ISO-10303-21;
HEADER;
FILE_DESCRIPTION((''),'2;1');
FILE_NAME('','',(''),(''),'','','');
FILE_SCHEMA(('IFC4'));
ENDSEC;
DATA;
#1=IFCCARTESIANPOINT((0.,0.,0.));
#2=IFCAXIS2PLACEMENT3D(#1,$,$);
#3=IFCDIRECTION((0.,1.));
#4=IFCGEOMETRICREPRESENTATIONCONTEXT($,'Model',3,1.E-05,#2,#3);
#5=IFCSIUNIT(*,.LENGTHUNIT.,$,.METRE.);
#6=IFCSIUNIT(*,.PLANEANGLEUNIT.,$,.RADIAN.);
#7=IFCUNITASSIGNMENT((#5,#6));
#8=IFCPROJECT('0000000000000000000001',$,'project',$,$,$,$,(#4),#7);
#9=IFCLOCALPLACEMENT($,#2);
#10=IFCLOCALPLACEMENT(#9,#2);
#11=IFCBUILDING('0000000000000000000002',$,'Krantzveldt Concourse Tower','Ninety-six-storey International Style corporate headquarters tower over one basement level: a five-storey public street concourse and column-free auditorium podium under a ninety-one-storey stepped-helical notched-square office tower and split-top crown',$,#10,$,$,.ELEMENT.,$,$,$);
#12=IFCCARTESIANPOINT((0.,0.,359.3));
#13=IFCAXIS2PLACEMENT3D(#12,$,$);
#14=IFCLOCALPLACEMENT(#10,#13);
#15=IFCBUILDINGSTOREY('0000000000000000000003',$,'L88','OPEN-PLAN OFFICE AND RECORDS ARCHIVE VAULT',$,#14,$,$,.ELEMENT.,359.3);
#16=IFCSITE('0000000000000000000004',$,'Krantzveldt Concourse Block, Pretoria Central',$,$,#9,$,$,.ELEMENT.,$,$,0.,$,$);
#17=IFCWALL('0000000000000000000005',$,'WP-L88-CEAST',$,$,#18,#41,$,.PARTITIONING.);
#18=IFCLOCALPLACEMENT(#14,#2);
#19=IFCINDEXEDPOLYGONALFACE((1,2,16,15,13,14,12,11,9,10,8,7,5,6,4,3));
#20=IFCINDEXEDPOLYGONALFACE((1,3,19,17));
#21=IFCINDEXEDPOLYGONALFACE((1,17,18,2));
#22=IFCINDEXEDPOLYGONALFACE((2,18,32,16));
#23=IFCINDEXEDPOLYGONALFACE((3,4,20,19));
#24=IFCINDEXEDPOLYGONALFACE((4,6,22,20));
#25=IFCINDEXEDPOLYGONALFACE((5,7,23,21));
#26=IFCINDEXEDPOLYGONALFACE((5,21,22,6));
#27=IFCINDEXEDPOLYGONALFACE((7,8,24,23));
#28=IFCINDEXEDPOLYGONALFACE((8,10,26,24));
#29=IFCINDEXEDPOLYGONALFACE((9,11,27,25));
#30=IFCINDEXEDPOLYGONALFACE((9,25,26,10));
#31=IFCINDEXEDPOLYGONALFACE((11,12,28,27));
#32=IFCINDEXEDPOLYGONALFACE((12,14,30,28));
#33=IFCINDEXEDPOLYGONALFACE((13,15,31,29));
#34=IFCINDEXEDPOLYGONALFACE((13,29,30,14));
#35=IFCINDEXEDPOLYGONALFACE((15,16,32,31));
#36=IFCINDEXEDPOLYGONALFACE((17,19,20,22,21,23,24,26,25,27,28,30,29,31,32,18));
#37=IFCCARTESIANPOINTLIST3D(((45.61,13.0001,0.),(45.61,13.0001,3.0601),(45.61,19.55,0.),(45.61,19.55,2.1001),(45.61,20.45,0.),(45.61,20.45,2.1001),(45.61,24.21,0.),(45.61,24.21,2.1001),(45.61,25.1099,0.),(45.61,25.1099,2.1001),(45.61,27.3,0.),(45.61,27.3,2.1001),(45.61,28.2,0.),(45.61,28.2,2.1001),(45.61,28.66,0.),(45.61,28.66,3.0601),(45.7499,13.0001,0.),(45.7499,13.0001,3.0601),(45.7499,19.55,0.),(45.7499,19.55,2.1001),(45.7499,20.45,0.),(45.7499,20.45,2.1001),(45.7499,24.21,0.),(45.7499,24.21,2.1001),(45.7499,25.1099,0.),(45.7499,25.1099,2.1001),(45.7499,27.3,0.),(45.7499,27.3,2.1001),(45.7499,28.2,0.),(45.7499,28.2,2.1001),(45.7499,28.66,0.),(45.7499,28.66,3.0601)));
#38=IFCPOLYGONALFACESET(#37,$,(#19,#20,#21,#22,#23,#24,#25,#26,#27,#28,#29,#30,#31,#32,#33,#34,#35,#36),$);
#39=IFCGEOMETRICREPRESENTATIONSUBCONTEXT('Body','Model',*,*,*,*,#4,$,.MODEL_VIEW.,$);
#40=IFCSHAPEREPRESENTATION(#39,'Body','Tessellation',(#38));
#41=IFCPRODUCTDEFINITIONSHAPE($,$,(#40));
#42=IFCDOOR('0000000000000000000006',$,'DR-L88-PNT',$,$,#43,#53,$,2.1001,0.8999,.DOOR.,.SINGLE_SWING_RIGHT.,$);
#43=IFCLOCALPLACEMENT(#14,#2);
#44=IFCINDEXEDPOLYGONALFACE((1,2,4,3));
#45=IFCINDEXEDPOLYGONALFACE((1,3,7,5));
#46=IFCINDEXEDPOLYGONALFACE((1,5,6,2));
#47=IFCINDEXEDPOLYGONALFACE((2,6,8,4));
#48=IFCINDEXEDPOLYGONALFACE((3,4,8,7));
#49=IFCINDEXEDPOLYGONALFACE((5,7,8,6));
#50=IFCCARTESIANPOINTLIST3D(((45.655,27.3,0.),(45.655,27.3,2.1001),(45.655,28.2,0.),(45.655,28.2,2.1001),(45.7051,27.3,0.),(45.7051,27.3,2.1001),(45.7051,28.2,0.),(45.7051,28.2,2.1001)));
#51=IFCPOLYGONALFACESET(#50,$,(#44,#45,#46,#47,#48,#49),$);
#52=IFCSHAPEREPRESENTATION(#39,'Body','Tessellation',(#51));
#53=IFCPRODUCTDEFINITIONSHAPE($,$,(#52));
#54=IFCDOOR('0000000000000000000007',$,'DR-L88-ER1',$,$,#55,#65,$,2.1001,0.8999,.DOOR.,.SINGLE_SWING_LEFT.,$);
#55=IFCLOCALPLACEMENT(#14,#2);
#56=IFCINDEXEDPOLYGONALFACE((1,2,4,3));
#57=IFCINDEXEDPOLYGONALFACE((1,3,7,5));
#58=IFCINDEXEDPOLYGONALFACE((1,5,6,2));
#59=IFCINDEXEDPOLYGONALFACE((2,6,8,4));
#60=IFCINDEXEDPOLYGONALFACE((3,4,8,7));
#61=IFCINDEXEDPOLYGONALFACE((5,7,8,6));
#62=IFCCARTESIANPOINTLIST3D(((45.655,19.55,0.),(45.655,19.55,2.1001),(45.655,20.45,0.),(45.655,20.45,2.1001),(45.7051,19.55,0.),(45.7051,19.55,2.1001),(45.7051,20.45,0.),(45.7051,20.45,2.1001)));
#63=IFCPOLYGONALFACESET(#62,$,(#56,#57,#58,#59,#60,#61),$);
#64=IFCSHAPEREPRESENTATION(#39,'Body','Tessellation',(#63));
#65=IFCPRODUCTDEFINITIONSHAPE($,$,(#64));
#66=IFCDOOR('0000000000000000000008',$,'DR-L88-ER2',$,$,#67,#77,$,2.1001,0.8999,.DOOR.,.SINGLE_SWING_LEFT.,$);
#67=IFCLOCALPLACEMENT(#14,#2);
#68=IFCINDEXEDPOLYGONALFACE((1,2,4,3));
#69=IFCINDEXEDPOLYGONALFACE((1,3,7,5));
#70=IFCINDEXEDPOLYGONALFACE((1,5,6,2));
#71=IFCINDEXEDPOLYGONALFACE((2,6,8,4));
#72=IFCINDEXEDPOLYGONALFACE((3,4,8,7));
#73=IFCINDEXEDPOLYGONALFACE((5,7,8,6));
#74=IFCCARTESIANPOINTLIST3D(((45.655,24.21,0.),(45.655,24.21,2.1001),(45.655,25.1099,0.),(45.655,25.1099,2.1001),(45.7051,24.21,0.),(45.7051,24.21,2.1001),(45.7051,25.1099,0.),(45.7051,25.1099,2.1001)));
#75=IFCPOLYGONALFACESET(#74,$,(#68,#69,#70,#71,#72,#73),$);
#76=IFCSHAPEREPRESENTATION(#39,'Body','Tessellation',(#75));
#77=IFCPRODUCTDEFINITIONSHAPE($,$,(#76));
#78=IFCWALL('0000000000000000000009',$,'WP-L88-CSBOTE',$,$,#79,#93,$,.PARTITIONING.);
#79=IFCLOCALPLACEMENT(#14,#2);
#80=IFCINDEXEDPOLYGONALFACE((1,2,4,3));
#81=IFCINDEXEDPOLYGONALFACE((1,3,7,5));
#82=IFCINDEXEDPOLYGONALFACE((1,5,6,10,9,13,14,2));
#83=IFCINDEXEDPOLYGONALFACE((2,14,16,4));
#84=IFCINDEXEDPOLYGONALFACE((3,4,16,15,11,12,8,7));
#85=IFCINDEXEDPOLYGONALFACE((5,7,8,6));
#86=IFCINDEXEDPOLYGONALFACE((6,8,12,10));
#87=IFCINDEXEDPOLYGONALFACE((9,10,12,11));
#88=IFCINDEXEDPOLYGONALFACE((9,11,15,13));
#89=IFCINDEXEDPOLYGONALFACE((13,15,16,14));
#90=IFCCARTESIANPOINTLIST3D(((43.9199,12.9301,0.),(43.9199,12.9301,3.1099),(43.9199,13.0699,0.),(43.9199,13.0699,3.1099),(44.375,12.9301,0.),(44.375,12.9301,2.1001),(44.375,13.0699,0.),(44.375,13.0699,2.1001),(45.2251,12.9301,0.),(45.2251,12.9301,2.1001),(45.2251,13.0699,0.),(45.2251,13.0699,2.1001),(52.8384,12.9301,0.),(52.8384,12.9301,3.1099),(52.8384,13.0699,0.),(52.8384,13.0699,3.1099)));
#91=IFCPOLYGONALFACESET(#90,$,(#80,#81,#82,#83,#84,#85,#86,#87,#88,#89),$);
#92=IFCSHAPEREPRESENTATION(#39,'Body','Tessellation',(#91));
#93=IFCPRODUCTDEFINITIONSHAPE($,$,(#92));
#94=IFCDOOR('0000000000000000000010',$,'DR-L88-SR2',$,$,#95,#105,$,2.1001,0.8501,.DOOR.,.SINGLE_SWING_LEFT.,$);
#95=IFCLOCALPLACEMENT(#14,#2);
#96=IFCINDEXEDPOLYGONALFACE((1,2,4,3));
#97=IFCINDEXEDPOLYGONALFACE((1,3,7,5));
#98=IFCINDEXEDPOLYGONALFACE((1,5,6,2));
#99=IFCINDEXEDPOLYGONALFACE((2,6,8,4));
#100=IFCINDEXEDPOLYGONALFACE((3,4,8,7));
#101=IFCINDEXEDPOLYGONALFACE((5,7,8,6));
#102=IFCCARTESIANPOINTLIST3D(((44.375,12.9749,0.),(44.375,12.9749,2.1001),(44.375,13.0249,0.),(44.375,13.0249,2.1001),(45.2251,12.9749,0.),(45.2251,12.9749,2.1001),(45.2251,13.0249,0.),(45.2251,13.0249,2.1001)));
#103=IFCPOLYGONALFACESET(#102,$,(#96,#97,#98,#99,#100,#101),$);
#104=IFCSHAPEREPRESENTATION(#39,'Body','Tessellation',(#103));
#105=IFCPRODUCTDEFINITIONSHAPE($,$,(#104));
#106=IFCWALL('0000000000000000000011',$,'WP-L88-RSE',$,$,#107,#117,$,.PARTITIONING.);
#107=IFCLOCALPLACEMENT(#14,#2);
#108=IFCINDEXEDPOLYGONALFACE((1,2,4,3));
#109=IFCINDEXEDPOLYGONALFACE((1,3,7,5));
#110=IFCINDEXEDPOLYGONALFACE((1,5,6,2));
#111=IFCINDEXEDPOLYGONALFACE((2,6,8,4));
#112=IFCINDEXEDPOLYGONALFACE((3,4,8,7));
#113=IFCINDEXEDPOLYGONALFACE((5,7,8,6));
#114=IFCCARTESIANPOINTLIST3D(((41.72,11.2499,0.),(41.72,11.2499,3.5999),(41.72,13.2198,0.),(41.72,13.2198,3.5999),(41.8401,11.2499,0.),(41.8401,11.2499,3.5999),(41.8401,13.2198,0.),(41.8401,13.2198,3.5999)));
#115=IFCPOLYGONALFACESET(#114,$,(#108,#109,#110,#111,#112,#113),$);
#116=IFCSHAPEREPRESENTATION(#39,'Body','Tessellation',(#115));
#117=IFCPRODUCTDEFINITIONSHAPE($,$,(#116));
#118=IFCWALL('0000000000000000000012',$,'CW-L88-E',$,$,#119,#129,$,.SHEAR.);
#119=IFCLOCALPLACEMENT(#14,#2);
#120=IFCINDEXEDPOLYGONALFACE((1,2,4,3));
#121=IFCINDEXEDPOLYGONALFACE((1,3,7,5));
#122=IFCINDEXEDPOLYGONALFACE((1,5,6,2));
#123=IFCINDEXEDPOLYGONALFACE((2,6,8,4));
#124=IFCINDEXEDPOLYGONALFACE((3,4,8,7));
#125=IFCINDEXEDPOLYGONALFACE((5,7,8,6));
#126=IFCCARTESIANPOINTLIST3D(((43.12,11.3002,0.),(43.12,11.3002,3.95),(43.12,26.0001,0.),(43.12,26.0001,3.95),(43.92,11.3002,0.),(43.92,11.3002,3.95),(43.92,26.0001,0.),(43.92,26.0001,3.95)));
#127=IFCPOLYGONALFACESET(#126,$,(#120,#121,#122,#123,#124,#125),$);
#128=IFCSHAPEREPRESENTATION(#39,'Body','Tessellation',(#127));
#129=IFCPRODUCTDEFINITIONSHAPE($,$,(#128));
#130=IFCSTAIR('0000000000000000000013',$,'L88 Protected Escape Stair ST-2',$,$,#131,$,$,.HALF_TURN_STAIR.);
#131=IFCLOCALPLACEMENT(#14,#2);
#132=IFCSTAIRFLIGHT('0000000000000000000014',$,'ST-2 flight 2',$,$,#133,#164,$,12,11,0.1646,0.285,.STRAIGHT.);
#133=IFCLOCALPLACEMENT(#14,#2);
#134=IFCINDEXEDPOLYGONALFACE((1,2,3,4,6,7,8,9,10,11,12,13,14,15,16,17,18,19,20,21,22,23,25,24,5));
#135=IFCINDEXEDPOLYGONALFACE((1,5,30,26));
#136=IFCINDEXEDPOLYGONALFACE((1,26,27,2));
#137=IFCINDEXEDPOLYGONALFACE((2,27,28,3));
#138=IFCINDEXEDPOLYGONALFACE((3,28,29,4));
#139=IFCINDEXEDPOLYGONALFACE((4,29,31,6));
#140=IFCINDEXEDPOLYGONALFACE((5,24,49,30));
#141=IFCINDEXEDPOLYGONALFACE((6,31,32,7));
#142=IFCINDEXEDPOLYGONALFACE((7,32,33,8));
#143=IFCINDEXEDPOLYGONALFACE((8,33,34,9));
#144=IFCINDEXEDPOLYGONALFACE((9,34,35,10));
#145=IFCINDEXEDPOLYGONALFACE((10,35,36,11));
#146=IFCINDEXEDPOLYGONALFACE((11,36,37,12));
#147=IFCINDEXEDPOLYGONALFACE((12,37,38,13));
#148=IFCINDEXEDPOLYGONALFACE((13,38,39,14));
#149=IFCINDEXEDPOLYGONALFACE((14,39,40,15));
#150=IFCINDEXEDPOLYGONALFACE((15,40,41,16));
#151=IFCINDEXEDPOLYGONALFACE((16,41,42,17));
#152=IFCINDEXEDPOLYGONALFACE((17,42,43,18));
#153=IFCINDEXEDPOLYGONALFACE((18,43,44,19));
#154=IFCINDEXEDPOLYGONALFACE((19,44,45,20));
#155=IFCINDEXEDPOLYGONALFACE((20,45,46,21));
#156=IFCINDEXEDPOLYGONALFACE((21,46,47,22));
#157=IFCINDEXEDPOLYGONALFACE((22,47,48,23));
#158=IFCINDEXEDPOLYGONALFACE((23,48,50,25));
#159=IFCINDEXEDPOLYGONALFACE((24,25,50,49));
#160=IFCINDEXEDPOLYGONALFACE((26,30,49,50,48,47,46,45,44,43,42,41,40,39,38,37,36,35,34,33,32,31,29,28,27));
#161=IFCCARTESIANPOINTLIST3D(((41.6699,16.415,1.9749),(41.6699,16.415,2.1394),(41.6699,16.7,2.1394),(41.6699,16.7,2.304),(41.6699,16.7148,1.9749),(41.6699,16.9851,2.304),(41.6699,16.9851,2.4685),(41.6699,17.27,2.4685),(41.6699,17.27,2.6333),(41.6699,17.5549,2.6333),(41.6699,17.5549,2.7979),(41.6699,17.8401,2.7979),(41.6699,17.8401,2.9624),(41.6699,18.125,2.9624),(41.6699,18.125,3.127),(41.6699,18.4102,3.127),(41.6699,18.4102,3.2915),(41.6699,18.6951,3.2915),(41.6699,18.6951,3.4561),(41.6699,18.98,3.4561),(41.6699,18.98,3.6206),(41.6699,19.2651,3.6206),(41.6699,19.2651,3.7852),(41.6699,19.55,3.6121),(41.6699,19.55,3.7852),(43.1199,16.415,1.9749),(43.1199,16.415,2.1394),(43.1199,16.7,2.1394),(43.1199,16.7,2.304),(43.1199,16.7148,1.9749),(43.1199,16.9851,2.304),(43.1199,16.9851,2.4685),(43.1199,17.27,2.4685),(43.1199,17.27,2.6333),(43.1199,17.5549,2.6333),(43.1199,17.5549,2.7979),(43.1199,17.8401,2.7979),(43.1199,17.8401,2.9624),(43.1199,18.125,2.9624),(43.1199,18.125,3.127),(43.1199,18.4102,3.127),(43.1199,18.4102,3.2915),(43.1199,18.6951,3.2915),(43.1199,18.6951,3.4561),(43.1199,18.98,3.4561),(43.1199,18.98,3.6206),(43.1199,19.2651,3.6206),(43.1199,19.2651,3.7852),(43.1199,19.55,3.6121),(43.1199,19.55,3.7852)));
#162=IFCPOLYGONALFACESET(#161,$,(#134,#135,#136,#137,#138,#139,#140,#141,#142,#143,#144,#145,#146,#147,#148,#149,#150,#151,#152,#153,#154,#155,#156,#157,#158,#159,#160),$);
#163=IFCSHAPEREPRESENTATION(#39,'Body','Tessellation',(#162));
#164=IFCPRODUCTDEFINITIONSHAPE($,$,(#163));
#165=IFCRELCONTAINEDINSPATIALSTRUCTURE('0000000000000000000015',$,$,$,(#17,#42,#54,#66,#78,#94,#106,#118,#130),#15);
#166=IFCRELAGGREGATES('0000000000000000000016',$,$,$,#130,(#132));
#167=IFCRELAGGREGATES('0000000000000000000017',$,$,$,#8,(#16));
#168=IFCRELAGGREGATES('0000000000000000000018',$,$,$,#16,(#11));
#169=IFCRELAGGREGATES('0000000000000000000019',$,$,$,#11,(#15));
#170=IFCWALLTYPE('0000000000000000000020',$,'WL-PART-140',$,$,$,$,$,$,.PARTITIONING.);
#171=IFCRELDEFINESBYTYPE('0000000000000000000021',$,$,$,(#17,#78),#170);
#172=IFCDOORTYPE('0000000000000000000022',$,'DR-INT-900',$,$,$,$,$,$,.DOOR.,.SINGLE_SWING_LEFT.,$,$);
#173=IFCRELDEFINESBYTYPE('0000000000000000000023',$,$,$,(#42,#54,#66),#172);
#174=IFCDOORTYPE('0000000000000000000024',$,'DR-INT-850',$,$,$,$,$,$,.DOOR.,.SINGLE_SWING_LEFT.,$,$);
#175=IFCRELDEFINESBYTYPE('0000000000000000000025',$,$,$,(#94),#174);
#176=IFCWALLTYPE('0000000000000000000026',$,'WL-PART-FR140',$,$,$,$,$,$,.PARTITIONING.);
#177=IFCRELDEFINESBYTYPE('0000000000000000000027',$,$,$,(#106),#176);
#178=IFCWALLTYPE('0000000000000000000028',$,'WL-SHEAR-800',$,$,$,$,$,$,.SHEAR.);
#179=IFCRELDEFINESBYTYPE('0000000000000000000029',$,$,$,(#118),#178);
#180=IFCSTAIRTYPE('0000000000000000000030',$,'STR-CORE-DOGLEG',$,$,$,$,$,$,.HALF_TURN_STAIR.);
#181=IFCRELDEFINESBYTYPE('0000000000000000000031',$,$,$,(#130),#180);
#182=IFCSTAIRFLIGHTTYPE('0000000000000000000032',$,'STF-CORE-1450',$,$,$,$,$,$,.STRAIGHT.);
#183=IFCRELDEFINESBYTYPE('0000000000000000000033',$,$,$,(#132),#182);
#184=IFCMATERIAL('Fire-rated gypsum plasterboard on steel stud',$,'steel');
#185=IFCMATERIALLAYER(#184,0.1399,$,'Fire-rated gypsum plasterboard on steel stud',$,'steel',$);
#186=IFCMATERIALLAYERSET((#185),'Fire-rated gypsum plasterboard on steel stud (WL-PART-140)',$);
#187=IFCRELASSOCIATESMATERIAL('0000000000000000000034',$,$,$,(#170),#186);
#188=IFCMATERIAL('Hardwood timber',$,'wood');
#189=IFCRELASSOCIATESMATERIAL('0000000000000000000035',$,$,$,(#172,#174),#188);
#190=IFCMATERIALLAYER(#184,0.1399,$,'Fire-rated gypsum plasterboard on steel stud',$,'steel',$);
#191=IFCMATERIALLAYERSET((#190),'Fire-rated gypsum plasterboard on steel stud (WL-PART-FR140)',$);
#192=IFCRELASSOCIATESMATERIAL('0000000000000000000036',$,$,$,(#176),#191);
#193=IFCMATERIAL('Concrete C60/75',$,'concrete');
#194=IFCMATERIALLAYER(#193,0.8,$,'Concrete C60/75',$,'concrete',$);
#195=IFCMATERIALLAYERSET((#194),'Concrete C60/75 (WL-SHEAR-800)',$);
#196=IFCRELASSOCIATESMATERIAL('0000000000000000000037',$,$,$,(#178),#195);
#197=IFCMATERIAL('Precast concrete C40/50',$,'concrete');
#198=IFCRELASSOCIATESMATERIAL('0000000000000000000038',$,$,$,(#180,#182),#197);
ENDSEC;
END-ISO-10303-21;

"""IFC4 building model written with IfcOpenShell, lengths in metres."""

from ifc_helpers import new_model, si_unit, direction, frame, frame_2d, origin, place, context, subcontext, project, spatial, polyline, rectangle, outline, extrude, material, layer, layer_set, type_object, element, fill, aggregate, save


model = new_model("IFC4")

# Units and contexts
model_context = context("Model", 3, precision=1e-05, world=origin(), true_north=direction((0.0, 1.0)))
body_context = subcontext(model_context, "Body", "Model", "MODEL_VIEW")
ifc_project = project(units=[si_unit("LENGTHUNIT", "METRE"), si_unit("PLANEANGLEUNIT", "RADIAN")], contexts=[model_context])

# Site, building, storey
site_placement = place(None, origin())
site = spatial("IfcSite", under=ifc_project, at=site_placement, Name="Krantzveldt Concourse Block, Pretoria Central", CompositionType="ELEMENT", RefElevation=0.0)
building_placement = place(site_placement, origin())
building = spatial("IfcBuilding", under=site, at=building_placement, Name="Krantzveldt Concourse Tower", Description="Ninety-six-storey International Style corporate headquarters tower over one basement level: a five-storey public street concourse and column-free auditorium podium under a ninety-one-storey stepped-helical notched-square office tower and split-top crown", CompositionType="ELEMENT")
storey_placement = place(building_placement, frame((0.0, 0.0, 359.3)))
storey = spatial("IfcBuildingStorey", under=building, at=storey_placement, Name="L88", Description="OPEN-PLAN OFFICE AND RECORDS ARCHIVE VAULT", CompositionType="ELEMENT", Elevation=359.3)

# Wall, openings, doors
ifc_material_1 = material(Name="Fire-rated gypsum plasterboard on steel stud", Category="steel")
ifc_layer_1 = layer(ifc_material_1, 0.1399, Name="Fire-rated gypsum plasterboard on steel stud", Category="steel")
ifc_layer_set_1 = layer_set([ifc_layer_1], Name="Fire-rated gypsum plasterboard on steel stud (WL-PART-140)")
wall_type_1 = type_object("IfcWallType", Name="WL-PART-140", PredefinedType="PARTITIONING", material=ifc_layer_set_1)
wall_1_placement = place(storey_placement, frame((45.6799, 13.0, 0.0), z_axis=(0.0, 0.0, 1.0), x_axis=(0.0, 1.0, 0.0)))
wall_1 = element("IfcWall", 1, at=wall_1_placement, inside=storey, type_object=wall_type_1, Name="WP-L88-CEAST", PredefinedType="PARTITIONING", context=body_context, shape_type="SweptSolid", body=[
    extrude(rectangle(XDim=15.6599, YDim=0.1399, at=frame_2d((7.8301, 0.0))), origin(), (0.0, 0.0, 1.0), 3.0601),
])
opening_1_placement = place(wall_1_placement, frame((14.3, 0.0, 0.0)))
opening_1 = element("IfcOpeningElement", 2, at=opening_1_placement, cuts=wall_1, PredefinedType="OPENING", context=body_context, shape_type="SweptSolid", body=[
    extrude(rectangle(XDim=0.8999, YDim=2.1001, at=frame_2d((0.45, 1.05))), frame((0.0, 0.0801, 0.0), z_axis=(0.0, -1.0, 0.0), x_axis=(1.0, 0.0, 0.0)), (0.0, 0.0, 1.0), 0.1599),
])
opening_2_placement = place(wall_1_placement, frame((6.55, 0.0, 0.0)))
opening_2 = element("IfcOpeningElement", 3, at=opening_2_placement, cuts=wall_1, PredefinedType="OPENING", context=body_context, shape_type="SweptSolid", body=[
    extrude(rectangle(XDim=0.8999, YDim=2.1001, at=frame_2d((0.45, 1.05))), frame((0.0, 0.0801, 0.0), z_axis=(0.0, -1.0, 0.0), x_axis=(1.0, 0.0, 0.0)), (0.0, 0.0, 1.0), 0.1599),
])
opening_3_placement = place(wall_1_placement, frame((11.21, 0.0, 0.0)))
opening_3 = element("IfcOpeningElement", 4, at=opening_3_placement, cuts=wall_1, PredefinedType="OPENING", context=body_context, shape_type="SweptSolid", body=[
    extrude(rectangle(XDim=0.8999, YDim=2.1001, at=frame_2d((0.45, 1.05))), frame((0.0, 0.0801, 0.0), z_axis=(0.0, -1.0, 0.0), x_axis=(1.0, 0.0, 0.0)), (0.0, 0.0, 1.0), 0.1599),
])
ifc_material_2 = material(Name="Hardwood timber", Category="wood")
door_type_1 = type_object("IfcDoorType", Name="DR-INT-900", OperationType="SINGLE_SWING_LEFT", PredefinedType="DOOR", material=ifc_material_2)
door_1_placement = place(opening_1_placement, origin())
door_1 = element("IfcDoor", 5, at=door_1_placement, inside=storey, type_object=door_type_1, Name="DR-L88-PNT", OperationType="SINGLE_SWING_RIGHT", OverallHeight=2.1001, OverallWidth=0.8999, PredefinedType="DOOR", context=body_context, shape_type="SweptSolid", body=[
    extrude(rectangle(XDim=0.8999, YDim=2.1001, at=frame_2d((0.45, 1.05))), frame((0.0, 0.0249, 0.0), z_axis=(0.0, -1.0, 0.0), x_axis=(1.0, 0.0, 0.0)), (0.0, 0.0, 1.0), 0.05),
])
fill(opening_1, door_1)
door_2_placement = place(opening_2_placement, origin())
door_2 = element("IfcDoor", 6, at=door_2_placement, inside=storey, type_object=door_type_1, Name="DR-L88-ER1", OperationType="SINGLE_SWING_LEFT", OverallHeight=2.1001, OverallWidth=0.8999, PredefinedType="DOOR", context=body_context, shape_type="SweptSolid", body=[
    extrude(rectangle(XDim=0.8999, YDim=2.1001, at=frame_2d((0.45, 1.05))), frame((0.0, 0.0249, 0.0), z_axis=(0.0, -1.0, 0.0), x_axis=(1.0, 0.0, 0.0)), (0.0, 0.0, 1.0), 0.05),
])
fill(opening_2, door_2)
door_3_placement = place(opening_3_placement, origin())
door_3 = element("IfcDoor", 7, at=door_3_placement, inside=storey, type_object=door_type_1, Name="DR-L88-ER2", OperationType="SINGLE_SWING_LEFT", OverallHeight=2.1001, OverallWidth=0.8999, PredefinedType="DOOR", context=body_context, shape_type="SweptSolid", body=[
    extrude(rectangle(XDim=0.8999, YDim=2.1001, at=frame_2d((0.45, 1.05))), frame((0.0, 0.0249, 0.0), z_axis=(0.0, -1.0, 0.0), x_axis=(1.0, 0.0, 0.0)), (0.0, 0.0, 1.0), 0.05),
])
fill(opening_3, door_3)

# Wall, opening, door
wall_2_placement = place(storey_placement, frame((43.9199, 13.0, 0.0), z_axis=(0.0, 0.0, 1.0), x_axis=(1.0, 0.0, 0.0)))
wall_2 = element("IfcWall", 8, at=wall_2_placement, inside=storey, type_object=wall_type_1, Name="WP-L88-CSBOTE", PredefinedType="PARTITIONING", context=body_context, shape_type="SweptSolid", body=[
    extrude(rectangle(XDim=8.9185, YDim=0.1399, at=frame_2d((4.4592, 0.0))), origin(), (0.0, 0.0, 1.0), 3.1099),
])
opening_4_placement = place(wall_2_placement, frame((0.4551, 0.0, 0.0)))
opening_4 = element("IfcOpeningElement", 9, at=opening_4_placement, cuts=wall_2, PredefinedType="OPENING", context=body_context, shape_type="SweptSolid", body=[
    extrude(rectangle(XDim=0.8501, YDim=2.1001, at=frame_2d((0.425, 1.05))), frame((0.0, 0.0801, 0.0), z_axis=(0.0, -1.0, 0.0), x_axis=(1.0, 0.0, 0.0)), (0.0, 0.0, 1.0), 0.1599),
])
door_type_2 = type_object("IfcDoorType", Name="DR-INT-850", OperationType="SINGLE_SWING_LEFT", PredefinedType="DOOR", material=ifc_material_2)
door_4_placement = place(opening_4_placement, origin())
door_4 = element("IfcDoor", 10, at=door_4_placement, inside=storey, type_object=door_type_2, Name="DR-L88-SR2", OperationType="SINGLE_SWING_LEFT", OverallHeight=2.1001, OverallWidth=0.8501, PredefinedType="DOOR", context=body_context, shape_type="SweptSolid", body=[
    extrude(rectangle(XDim=0.8501, YDim=2.1001, at=frame_2d((0.425, 1.05))), frame((0.0, 0.0249, 0.0), z_axis=(0.0, -1.0, 0.0), x_axis=(1.0, 0.0, 0.0)), (0.0, 0.0, 1.0), 0.05),
])
fill(opening_4, door_4)

# Walls
ifc_layer_2 = layer(ifc_material_1, 0.1399, Name="Fire-rated gypsum plasterboard on steel stud", Category="steel")
ifc_layer_set_2 = layer_set([ifc_layer_2], Name="Fire-rated gypsum plasterboard on steel stud (WL-PART-FR140)")
wall_type_2 = type_object("IfcWallType", Name="WL-PART-FR140", PredefinedType="PARTITIONING", material=ifc_layer_set_2)
wall_3_placement = place(storey_placement, frame((41.78, 11.25, 0.0), z_axis=(0.0, 0.0, 1.0), x_axis=(0.0, 1.0, 0.0)))
element("IfcWall", 11, at=wall_3_placement, inside=storey, type_object=wall_type_2, Name="WP-L88-RSE", PredefinedType="PARTITIONING", context=body_context, shape_type="SweptSolid", body=[
    extrude(rectangle(XDim=1.97, YDim=0.1201, at=frame_2d((0.9849, 0.0))), origin(), (0.0, 0.0, 1.0), 3.5999),
])
ifc_material_3 = material(Name="Concrete C60/75", Category="concrete")
ifc_layer_3 = layer(ifc_material_3, 0.8, Name="Concrete C60/75", Category="concrete")
ifc_layer_set_3 = layer_set([ifc_layer_3], Name="Concrete C60/75 (WL-SHEAR-800)")
wall_type_3 = type_object("IfcWallType", Name="WL-SHEAR-800", PredefinedType="SHEAR", material=ifc_layer_set_3)
wall_4_placement = place(storey_placement, frame((43.52, 11.3, 0.0), z_axis=(0.0, 0.0, 1.0), x_axis=(0.0, 1.0, 0.0)))
element("IfcWall", 12, at=wall_4_placement, inside=storey, type_object=wall_type_3, Name="CW-L88-E", PredefinedType="SHEAR", context=body_context, shape_type="SweptSolid", body=[
    extrude(rectangle(XDim=14.7, YDim=0.8, at=frame_2d((7.3501, 0.0))), origin(), (0.0, 0.0, 1.0), 3.95),
])

# Stair, stair flight
ifc_material_4 = material(Name="Precast concrete C40/50", Category="concrete")
stair_type = type_object("IfcStairType", Name="STR-CORE-DOGLEG", PredefinedType="HALF_TURN_STAIR", material=ifc_material_4)
stair_placement = place(storey_placement, origin())
stair = element("IfcStair", 13, at=stair_placement, inside=storey, type_object=stair_type, Name="L88 Protected Escape Stair ST-2", PredefinedType="HALF_TURN_STAIR")
stair_flight_type = type_object("IfcStairFlightType", Name="STF-CORE-1450", PredefinedType="STRAIGHT", material=ifc_material_4)
stair_flight_placement = place(storey_placement, frame((42.395, 16.415, 1.9749), z_axis=(0.0, 0.0, 1.0), x_axis=(0.0, 1.0, 0.0)))
stair_flight = element("IfcStairFlight", 14, at=stair_flight_placement, type_object=stair_flight_type, Name="ST-2 flight 2", NumberOfRisers=12, NumberOfTreads=11, PredefinedType="STRAIGHT", RiserHeight=0.1646, TreadLength=0.285, context=body_context, shape_type="SweptSolid", body=[
    extrude(outline(polyline([(0.0, 0.0), (0.0, 0.1646), (0.2849, 0.1646), (0.2849, 0.3291), (0.5701, 0.3291), (0.5701, 0.4937), (0.855, 0.4937), (0.855, 0.6584), (1.1399, 0.6584), (1.1399, 0.823), (1.425, 0.823), (1.425, 0.9875), (1.71, 0.9875), (1.71, 1.1521), (1.9951, 1.1521), (1.9951, 1.3167), (2.28, 1.3167), (2.28, 1.4812), (2.5649, 1.4812), (2.5649, 1.6458), (2.8501, 1.6458), (2.8501, 1.8103), (3.135, 1.8103), (3.135, 1.9751), (3.135, 1.6372), (0.2998, 0.0), (0.0, 0.0)])), frame((0.0, 0.7251, 0.0), z_axis=(0.0, -1.0, 0.0), x_axis=(1.0, 0.0, 0.0)), (0.0, 0.0, 1.0), 1.45),
])
aggregate(stair, [stair_flight])

save(model, "model.ifc")
